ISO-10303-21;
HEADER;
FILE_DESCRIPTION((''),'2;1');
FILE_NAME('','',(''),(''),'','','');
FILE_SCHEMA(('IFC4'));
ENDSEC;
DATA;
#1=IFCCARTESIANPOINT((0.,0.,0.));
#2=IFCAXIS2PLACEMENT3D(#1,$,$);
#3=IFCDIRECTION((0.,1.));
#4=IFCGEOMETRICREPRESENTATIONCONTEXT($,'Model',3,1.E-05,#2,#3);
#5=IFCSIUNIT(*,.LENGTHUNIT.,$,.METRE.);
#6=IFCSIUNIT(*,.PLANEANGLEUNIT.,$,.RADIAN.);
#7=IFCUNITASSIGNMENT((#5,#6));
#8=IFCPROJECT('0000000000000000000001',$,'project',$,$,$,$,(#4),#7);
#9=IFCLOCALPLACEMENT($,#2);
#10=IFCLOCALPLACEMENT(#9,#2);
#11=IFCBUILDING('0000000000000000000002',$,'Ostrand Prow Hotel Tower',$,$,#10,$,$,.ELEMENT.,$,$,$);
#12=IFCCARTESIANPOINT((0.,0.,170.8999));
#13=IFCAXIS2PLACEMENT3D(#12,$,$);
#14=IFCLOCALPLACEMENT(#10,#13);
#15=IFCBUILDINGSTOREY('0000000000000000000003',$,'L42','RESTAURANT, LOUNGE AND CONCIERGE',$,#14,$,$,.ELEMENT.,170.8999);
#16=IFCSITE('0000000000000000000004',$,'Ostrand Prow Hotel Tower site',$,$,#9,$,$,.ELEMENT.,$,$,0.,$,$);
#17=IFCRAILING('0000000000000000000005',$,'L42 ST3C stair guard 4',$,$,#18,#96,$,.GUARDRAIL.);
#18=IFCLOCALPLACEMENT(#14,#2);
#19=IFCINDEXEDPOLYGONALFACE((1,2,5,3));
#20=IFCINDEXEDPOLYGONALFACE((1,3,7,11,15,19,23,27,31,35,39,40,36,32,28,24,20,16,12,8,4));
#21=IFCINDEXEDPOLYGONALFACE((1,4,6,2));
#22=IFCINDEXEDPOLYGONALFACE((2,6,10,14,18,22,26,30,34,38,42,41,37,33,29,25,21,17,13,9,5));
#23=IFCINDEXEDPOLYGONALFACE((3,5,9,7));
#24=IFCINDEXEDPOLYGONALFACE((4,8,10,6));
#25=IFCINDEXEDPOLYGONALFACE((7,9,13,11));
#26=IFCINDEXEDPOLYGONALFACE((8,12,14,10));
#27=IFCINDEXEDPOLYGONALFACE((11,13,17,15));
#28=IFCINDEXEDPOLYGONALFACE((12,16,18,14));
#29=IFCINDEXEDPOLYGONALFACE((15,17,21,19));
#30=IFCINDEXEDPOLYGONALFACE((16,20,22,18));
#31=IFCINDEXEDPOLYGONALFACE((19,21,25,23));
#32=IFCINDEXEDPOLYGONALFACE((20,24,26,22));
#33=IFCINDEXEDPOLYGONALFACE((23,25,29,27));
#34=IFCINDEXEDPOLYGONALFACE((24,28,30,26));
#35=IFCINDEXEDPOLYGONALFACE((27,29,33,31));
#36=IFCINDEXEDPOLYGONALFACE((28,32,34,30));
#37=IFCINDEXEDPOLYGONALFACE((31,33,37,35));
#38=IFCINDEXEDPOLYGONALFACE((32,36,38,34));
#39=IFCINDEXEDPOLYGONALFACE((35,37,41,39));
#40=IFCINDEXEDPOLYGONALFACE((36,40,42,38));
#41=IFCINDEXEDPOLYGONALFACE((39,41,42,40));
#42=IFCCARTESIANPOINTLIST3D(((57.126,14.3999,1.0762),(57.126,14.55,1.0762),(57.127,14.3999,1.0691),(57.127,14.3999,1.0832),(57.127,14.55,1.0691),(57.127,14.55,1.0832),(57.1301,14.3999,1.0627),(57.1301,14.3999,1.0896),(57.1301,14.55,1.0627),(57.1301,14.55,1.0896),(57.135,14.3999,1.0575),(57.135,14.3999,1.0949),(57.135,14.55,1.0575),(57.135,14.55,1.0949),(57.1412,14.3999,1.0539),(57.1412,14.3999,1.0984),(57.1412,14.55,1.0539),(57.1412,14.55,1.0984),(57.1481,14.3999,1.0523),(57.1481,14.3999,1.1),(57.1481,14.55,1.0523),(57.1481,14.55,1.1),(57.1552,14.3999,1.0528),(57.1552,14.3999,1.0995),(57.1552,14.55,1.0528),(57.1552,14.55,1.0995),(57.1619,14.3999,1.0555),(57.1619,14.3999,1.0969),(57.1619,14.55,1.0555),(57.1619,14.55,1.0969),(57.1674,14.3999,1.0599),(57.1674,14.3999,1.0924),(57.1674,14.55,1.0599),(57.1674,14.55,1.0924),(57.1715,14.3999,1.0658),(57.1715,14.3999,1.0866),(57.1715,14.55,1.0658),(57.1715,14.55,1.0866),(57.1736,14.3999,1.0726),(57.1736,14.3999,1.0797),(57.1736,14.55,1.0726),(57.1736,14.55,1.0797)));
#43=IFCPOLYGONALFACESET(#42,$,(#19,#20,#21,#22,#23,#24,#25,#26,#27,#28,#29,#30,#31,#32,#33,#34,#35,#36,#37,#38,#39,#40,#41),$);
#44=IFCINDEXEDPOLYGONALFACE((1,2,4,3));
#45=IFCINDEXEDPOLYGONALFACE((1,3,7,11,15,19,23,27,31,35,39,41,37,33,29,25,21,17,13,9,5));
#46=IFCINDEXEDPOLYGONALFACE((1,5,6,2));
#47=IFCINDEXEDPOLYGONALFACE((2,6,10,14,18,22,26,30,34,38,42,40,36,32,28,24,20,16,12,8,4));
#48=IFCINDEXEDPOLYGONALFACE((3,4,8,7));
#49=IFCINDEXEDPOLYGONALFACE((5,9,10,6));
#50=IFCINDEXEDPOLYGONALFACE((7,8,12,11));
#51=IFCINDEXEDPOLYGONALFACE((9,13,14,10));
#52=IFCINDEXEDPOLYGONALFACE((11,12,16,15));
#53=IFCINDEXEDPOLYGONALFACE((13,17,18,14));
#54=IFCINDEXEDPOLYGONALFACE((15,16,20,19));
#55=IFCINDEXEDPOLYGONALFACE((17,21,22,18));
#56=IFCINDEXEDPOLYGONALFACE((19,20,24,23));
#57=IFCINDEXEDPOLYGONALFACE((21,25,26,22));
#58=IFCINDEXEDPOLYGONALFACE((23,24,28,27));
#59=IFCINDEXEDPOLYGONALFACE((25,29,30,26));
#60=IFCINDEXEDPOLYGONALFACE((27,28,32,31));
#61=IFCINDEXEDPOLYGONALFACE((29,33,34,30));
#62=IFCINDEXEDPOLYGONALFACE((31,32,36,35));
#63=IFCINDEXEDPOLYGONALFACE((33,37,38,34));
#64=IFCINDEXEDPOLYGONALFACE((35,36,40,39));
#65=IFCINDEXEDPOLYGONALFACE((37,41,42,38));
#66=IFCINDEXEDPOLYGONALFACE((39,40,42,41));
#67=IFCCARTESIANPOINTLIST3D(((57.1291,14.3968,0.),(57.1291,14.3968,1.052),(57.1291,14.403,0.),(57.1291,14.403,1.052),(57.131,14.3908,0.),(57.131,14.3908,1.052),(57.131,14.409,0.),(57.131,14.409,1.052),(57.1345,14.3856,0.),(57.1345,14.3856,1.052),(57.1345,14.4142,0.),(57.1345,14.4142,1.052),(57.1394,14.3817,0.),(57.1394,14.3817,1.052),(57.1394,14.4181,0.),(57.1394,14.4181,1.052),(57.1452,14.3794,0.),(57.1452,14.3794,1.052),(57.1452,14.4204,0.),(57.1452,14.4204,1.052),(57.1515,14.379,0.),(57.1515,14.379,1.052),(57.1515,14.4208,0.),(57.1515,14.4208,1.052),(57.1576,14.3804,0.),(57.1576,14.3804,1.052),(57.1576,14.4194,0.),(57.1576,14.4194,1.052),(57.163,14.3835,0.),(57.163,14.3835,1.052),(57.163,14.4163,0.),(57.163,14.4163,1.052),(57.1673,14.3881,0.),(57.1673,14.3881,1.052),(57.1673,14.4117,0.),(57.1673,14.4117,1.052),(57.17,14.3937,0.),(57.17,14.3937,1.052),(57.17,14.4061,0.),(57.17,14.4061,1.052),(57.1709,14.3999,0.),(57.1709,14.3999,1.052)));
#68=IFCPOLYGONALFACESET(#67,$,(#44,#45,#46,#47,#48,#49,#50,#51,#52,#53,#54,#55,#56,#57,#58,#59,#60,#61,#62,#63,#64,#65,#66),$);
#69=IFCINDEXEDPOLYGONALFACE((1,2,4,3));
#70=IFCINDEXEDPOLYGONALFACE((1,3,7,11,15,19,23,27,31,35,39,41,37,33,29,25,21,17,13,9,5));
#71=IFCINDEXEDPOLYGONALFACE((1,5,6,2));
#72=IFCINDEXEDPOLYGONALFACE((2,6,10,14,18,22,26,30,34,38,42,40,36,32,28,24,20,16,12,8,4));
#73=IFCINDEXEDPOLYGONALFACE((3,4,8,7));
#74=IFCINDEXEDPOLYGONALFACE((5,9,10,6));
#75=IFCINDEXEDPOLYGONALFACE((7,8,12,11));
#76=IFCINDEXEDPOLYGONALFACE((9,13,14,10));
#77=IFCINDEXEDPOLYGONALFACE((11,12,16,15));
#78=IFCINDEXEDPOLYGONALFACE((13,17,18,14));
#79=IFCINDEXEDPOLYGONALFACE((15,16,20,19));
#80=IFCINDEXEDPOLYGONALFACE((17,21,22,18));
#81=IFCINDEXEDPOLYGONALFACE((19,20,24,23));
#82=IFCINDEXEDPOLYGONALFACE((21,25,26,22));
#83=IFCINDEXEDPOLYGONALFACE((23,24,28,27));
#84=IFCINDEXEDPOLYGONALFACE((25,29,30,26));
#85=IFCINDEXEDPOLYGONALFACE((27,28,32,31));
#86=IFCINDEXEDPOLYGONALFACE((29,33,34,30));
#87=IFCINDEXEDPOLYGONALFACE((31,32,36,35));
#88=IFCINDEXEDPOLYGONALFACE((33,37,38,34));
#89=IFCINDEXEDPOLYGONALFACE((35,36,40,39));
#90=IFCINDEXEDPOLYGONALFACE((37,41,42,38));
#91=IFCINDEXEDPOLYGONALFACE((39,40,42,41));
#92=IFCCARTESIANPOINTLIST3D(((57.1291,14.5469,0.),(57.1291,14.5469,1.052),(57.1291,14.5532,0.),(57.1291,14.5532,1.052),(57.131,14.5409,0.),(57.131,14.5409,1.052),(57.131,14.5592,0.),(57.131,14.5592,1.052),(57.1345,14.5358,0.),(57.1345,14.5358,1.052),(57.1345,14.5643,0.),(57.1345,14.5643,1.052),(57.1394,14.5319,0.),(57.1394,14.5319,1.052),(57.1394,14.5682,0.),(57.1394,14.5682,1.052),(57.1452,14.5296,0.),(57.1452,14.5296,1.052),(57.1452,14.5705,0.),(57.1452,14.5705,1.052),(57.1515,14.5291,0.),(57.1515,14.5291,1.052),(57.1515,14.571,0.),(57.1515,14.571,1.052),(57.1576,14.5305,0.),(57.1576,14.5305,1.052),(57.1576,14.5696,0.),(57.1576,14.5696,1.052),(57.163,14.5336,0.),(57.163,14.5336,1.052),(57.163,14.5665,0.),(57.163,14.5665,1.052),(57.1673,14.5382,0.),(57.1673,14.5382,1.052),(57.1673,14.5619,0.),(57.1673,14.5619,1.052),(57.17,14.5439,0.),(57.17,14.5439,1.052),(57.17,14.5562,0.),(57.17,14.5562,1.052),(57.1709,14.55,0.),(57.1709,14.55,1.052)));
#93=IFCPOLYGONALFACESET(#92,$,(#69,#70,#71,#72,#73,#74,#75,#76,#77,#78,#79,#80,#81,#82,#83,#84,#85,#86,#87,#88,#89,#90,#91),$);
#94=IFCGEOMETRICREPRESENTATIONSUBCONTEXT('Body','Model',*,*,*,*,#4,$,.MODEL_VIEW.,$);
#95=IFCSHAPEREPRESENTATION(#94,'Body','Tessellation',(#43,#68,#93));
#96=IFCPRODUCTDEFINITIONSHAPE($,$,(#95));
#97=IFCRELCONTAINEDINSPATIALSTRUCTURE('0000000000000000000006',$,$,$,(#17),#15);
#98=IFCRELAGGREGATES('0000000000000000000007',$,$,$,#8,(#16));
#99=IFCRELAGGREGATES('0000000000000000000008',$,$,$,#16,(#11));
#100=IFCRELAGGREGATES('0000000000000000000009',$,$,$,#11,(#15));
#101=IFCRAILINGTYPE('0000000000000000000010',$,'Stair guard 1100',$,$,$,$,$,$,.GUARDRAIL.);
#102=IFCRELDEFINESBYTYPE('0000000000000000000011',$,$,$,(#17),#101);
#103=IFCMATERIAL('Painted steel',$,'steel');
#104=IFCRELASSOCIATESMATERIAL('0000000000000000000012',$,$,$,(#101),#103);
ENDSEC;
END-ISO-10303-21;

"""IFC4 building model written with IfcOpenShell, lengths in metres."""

from ifc_helpers import new_model, si_unit, direction, frame, origin, origin_2d, place, context, subcontext, project, spatial, circle, extrude, material, type_object, element, save


model = new_model("IFC4")

# Units and contexts
model_context = context("Model", 3, precision=1e-05, world=origin(), true_north=direction((0.0, 1.0)))
body_context = subcontext(model_context, "Body", "Model", "MODEL_VIEW")
ifc_project = project(units=[si_unit("LENGTHUNIT", "METRE"), si_unit("PLANEANGLEUNIT", "RADIAN")], contexts=[model_context])

# Site, building, storey
site_placement = place(None, origin())
site = spatial("IfcSite", under=ifc_project, at=site_placement, Name="Ostrand Prow Hotel Tower site", CompositionType="ELEMENT", RefElevation=0.0)
building_placement = place(site_placement, origin())
building = spatial("IfcBuilding", under=site, at=building_placement, Name="Ostrand Prow Hotel Tower", CompositionType="ELEMENT")
storey_placement = place(building_placement, frame((0.0, 0.0, 170.8999)))
storey = spatial("IfcBuildingStorey", under=building, at=storey_placement, Name="L42", Description="RESTAURANT, LOUNGE AND CONCIERGE", CompositionType="ELEMENT", Elevation=170.8999)

# Railing
ifc_material_1 = material(Name="Painted steel", Category="steel")
railing_type_1 = type_object("IfcRailingType", Name="Stair guard 1100", PredefinedType="GUARDRAIL", material=ifc_material_1)
railing_1_placement = place(storey_placement, frame((57.1499, 14.3999, 0.0)))
element("IfcRailing", 1, at=railing_1_placement, inside=storey, type_object=railing_type_1, Name="L42 ST3C stair guard 4", PredefinedType="GUARDRAIL", context=body_context, shape_type="SweptSolid", body=[
    extrude(circle(Radius=0.0239, at=origin_2d()), frame((0.0, 0.0, 1.0762), z_axis=(0.0, 1.0, 0.0), x_axis=(-1.0, 0.0, 0.0)), (0.0, 0.0, 1.0), 0.1501),
    extrude(circle(Radius=0.021, at=origin_2d()), origin(), (0.0, 0.0, 1.0), 1.052),
    extrude(circle(Radius=0.021, at=origin_2d()), frame((0.0, 0.1501, 0.0)), (0.0, 0.0, 1.0), 1.052),
])

save(model, "model.ifc")
